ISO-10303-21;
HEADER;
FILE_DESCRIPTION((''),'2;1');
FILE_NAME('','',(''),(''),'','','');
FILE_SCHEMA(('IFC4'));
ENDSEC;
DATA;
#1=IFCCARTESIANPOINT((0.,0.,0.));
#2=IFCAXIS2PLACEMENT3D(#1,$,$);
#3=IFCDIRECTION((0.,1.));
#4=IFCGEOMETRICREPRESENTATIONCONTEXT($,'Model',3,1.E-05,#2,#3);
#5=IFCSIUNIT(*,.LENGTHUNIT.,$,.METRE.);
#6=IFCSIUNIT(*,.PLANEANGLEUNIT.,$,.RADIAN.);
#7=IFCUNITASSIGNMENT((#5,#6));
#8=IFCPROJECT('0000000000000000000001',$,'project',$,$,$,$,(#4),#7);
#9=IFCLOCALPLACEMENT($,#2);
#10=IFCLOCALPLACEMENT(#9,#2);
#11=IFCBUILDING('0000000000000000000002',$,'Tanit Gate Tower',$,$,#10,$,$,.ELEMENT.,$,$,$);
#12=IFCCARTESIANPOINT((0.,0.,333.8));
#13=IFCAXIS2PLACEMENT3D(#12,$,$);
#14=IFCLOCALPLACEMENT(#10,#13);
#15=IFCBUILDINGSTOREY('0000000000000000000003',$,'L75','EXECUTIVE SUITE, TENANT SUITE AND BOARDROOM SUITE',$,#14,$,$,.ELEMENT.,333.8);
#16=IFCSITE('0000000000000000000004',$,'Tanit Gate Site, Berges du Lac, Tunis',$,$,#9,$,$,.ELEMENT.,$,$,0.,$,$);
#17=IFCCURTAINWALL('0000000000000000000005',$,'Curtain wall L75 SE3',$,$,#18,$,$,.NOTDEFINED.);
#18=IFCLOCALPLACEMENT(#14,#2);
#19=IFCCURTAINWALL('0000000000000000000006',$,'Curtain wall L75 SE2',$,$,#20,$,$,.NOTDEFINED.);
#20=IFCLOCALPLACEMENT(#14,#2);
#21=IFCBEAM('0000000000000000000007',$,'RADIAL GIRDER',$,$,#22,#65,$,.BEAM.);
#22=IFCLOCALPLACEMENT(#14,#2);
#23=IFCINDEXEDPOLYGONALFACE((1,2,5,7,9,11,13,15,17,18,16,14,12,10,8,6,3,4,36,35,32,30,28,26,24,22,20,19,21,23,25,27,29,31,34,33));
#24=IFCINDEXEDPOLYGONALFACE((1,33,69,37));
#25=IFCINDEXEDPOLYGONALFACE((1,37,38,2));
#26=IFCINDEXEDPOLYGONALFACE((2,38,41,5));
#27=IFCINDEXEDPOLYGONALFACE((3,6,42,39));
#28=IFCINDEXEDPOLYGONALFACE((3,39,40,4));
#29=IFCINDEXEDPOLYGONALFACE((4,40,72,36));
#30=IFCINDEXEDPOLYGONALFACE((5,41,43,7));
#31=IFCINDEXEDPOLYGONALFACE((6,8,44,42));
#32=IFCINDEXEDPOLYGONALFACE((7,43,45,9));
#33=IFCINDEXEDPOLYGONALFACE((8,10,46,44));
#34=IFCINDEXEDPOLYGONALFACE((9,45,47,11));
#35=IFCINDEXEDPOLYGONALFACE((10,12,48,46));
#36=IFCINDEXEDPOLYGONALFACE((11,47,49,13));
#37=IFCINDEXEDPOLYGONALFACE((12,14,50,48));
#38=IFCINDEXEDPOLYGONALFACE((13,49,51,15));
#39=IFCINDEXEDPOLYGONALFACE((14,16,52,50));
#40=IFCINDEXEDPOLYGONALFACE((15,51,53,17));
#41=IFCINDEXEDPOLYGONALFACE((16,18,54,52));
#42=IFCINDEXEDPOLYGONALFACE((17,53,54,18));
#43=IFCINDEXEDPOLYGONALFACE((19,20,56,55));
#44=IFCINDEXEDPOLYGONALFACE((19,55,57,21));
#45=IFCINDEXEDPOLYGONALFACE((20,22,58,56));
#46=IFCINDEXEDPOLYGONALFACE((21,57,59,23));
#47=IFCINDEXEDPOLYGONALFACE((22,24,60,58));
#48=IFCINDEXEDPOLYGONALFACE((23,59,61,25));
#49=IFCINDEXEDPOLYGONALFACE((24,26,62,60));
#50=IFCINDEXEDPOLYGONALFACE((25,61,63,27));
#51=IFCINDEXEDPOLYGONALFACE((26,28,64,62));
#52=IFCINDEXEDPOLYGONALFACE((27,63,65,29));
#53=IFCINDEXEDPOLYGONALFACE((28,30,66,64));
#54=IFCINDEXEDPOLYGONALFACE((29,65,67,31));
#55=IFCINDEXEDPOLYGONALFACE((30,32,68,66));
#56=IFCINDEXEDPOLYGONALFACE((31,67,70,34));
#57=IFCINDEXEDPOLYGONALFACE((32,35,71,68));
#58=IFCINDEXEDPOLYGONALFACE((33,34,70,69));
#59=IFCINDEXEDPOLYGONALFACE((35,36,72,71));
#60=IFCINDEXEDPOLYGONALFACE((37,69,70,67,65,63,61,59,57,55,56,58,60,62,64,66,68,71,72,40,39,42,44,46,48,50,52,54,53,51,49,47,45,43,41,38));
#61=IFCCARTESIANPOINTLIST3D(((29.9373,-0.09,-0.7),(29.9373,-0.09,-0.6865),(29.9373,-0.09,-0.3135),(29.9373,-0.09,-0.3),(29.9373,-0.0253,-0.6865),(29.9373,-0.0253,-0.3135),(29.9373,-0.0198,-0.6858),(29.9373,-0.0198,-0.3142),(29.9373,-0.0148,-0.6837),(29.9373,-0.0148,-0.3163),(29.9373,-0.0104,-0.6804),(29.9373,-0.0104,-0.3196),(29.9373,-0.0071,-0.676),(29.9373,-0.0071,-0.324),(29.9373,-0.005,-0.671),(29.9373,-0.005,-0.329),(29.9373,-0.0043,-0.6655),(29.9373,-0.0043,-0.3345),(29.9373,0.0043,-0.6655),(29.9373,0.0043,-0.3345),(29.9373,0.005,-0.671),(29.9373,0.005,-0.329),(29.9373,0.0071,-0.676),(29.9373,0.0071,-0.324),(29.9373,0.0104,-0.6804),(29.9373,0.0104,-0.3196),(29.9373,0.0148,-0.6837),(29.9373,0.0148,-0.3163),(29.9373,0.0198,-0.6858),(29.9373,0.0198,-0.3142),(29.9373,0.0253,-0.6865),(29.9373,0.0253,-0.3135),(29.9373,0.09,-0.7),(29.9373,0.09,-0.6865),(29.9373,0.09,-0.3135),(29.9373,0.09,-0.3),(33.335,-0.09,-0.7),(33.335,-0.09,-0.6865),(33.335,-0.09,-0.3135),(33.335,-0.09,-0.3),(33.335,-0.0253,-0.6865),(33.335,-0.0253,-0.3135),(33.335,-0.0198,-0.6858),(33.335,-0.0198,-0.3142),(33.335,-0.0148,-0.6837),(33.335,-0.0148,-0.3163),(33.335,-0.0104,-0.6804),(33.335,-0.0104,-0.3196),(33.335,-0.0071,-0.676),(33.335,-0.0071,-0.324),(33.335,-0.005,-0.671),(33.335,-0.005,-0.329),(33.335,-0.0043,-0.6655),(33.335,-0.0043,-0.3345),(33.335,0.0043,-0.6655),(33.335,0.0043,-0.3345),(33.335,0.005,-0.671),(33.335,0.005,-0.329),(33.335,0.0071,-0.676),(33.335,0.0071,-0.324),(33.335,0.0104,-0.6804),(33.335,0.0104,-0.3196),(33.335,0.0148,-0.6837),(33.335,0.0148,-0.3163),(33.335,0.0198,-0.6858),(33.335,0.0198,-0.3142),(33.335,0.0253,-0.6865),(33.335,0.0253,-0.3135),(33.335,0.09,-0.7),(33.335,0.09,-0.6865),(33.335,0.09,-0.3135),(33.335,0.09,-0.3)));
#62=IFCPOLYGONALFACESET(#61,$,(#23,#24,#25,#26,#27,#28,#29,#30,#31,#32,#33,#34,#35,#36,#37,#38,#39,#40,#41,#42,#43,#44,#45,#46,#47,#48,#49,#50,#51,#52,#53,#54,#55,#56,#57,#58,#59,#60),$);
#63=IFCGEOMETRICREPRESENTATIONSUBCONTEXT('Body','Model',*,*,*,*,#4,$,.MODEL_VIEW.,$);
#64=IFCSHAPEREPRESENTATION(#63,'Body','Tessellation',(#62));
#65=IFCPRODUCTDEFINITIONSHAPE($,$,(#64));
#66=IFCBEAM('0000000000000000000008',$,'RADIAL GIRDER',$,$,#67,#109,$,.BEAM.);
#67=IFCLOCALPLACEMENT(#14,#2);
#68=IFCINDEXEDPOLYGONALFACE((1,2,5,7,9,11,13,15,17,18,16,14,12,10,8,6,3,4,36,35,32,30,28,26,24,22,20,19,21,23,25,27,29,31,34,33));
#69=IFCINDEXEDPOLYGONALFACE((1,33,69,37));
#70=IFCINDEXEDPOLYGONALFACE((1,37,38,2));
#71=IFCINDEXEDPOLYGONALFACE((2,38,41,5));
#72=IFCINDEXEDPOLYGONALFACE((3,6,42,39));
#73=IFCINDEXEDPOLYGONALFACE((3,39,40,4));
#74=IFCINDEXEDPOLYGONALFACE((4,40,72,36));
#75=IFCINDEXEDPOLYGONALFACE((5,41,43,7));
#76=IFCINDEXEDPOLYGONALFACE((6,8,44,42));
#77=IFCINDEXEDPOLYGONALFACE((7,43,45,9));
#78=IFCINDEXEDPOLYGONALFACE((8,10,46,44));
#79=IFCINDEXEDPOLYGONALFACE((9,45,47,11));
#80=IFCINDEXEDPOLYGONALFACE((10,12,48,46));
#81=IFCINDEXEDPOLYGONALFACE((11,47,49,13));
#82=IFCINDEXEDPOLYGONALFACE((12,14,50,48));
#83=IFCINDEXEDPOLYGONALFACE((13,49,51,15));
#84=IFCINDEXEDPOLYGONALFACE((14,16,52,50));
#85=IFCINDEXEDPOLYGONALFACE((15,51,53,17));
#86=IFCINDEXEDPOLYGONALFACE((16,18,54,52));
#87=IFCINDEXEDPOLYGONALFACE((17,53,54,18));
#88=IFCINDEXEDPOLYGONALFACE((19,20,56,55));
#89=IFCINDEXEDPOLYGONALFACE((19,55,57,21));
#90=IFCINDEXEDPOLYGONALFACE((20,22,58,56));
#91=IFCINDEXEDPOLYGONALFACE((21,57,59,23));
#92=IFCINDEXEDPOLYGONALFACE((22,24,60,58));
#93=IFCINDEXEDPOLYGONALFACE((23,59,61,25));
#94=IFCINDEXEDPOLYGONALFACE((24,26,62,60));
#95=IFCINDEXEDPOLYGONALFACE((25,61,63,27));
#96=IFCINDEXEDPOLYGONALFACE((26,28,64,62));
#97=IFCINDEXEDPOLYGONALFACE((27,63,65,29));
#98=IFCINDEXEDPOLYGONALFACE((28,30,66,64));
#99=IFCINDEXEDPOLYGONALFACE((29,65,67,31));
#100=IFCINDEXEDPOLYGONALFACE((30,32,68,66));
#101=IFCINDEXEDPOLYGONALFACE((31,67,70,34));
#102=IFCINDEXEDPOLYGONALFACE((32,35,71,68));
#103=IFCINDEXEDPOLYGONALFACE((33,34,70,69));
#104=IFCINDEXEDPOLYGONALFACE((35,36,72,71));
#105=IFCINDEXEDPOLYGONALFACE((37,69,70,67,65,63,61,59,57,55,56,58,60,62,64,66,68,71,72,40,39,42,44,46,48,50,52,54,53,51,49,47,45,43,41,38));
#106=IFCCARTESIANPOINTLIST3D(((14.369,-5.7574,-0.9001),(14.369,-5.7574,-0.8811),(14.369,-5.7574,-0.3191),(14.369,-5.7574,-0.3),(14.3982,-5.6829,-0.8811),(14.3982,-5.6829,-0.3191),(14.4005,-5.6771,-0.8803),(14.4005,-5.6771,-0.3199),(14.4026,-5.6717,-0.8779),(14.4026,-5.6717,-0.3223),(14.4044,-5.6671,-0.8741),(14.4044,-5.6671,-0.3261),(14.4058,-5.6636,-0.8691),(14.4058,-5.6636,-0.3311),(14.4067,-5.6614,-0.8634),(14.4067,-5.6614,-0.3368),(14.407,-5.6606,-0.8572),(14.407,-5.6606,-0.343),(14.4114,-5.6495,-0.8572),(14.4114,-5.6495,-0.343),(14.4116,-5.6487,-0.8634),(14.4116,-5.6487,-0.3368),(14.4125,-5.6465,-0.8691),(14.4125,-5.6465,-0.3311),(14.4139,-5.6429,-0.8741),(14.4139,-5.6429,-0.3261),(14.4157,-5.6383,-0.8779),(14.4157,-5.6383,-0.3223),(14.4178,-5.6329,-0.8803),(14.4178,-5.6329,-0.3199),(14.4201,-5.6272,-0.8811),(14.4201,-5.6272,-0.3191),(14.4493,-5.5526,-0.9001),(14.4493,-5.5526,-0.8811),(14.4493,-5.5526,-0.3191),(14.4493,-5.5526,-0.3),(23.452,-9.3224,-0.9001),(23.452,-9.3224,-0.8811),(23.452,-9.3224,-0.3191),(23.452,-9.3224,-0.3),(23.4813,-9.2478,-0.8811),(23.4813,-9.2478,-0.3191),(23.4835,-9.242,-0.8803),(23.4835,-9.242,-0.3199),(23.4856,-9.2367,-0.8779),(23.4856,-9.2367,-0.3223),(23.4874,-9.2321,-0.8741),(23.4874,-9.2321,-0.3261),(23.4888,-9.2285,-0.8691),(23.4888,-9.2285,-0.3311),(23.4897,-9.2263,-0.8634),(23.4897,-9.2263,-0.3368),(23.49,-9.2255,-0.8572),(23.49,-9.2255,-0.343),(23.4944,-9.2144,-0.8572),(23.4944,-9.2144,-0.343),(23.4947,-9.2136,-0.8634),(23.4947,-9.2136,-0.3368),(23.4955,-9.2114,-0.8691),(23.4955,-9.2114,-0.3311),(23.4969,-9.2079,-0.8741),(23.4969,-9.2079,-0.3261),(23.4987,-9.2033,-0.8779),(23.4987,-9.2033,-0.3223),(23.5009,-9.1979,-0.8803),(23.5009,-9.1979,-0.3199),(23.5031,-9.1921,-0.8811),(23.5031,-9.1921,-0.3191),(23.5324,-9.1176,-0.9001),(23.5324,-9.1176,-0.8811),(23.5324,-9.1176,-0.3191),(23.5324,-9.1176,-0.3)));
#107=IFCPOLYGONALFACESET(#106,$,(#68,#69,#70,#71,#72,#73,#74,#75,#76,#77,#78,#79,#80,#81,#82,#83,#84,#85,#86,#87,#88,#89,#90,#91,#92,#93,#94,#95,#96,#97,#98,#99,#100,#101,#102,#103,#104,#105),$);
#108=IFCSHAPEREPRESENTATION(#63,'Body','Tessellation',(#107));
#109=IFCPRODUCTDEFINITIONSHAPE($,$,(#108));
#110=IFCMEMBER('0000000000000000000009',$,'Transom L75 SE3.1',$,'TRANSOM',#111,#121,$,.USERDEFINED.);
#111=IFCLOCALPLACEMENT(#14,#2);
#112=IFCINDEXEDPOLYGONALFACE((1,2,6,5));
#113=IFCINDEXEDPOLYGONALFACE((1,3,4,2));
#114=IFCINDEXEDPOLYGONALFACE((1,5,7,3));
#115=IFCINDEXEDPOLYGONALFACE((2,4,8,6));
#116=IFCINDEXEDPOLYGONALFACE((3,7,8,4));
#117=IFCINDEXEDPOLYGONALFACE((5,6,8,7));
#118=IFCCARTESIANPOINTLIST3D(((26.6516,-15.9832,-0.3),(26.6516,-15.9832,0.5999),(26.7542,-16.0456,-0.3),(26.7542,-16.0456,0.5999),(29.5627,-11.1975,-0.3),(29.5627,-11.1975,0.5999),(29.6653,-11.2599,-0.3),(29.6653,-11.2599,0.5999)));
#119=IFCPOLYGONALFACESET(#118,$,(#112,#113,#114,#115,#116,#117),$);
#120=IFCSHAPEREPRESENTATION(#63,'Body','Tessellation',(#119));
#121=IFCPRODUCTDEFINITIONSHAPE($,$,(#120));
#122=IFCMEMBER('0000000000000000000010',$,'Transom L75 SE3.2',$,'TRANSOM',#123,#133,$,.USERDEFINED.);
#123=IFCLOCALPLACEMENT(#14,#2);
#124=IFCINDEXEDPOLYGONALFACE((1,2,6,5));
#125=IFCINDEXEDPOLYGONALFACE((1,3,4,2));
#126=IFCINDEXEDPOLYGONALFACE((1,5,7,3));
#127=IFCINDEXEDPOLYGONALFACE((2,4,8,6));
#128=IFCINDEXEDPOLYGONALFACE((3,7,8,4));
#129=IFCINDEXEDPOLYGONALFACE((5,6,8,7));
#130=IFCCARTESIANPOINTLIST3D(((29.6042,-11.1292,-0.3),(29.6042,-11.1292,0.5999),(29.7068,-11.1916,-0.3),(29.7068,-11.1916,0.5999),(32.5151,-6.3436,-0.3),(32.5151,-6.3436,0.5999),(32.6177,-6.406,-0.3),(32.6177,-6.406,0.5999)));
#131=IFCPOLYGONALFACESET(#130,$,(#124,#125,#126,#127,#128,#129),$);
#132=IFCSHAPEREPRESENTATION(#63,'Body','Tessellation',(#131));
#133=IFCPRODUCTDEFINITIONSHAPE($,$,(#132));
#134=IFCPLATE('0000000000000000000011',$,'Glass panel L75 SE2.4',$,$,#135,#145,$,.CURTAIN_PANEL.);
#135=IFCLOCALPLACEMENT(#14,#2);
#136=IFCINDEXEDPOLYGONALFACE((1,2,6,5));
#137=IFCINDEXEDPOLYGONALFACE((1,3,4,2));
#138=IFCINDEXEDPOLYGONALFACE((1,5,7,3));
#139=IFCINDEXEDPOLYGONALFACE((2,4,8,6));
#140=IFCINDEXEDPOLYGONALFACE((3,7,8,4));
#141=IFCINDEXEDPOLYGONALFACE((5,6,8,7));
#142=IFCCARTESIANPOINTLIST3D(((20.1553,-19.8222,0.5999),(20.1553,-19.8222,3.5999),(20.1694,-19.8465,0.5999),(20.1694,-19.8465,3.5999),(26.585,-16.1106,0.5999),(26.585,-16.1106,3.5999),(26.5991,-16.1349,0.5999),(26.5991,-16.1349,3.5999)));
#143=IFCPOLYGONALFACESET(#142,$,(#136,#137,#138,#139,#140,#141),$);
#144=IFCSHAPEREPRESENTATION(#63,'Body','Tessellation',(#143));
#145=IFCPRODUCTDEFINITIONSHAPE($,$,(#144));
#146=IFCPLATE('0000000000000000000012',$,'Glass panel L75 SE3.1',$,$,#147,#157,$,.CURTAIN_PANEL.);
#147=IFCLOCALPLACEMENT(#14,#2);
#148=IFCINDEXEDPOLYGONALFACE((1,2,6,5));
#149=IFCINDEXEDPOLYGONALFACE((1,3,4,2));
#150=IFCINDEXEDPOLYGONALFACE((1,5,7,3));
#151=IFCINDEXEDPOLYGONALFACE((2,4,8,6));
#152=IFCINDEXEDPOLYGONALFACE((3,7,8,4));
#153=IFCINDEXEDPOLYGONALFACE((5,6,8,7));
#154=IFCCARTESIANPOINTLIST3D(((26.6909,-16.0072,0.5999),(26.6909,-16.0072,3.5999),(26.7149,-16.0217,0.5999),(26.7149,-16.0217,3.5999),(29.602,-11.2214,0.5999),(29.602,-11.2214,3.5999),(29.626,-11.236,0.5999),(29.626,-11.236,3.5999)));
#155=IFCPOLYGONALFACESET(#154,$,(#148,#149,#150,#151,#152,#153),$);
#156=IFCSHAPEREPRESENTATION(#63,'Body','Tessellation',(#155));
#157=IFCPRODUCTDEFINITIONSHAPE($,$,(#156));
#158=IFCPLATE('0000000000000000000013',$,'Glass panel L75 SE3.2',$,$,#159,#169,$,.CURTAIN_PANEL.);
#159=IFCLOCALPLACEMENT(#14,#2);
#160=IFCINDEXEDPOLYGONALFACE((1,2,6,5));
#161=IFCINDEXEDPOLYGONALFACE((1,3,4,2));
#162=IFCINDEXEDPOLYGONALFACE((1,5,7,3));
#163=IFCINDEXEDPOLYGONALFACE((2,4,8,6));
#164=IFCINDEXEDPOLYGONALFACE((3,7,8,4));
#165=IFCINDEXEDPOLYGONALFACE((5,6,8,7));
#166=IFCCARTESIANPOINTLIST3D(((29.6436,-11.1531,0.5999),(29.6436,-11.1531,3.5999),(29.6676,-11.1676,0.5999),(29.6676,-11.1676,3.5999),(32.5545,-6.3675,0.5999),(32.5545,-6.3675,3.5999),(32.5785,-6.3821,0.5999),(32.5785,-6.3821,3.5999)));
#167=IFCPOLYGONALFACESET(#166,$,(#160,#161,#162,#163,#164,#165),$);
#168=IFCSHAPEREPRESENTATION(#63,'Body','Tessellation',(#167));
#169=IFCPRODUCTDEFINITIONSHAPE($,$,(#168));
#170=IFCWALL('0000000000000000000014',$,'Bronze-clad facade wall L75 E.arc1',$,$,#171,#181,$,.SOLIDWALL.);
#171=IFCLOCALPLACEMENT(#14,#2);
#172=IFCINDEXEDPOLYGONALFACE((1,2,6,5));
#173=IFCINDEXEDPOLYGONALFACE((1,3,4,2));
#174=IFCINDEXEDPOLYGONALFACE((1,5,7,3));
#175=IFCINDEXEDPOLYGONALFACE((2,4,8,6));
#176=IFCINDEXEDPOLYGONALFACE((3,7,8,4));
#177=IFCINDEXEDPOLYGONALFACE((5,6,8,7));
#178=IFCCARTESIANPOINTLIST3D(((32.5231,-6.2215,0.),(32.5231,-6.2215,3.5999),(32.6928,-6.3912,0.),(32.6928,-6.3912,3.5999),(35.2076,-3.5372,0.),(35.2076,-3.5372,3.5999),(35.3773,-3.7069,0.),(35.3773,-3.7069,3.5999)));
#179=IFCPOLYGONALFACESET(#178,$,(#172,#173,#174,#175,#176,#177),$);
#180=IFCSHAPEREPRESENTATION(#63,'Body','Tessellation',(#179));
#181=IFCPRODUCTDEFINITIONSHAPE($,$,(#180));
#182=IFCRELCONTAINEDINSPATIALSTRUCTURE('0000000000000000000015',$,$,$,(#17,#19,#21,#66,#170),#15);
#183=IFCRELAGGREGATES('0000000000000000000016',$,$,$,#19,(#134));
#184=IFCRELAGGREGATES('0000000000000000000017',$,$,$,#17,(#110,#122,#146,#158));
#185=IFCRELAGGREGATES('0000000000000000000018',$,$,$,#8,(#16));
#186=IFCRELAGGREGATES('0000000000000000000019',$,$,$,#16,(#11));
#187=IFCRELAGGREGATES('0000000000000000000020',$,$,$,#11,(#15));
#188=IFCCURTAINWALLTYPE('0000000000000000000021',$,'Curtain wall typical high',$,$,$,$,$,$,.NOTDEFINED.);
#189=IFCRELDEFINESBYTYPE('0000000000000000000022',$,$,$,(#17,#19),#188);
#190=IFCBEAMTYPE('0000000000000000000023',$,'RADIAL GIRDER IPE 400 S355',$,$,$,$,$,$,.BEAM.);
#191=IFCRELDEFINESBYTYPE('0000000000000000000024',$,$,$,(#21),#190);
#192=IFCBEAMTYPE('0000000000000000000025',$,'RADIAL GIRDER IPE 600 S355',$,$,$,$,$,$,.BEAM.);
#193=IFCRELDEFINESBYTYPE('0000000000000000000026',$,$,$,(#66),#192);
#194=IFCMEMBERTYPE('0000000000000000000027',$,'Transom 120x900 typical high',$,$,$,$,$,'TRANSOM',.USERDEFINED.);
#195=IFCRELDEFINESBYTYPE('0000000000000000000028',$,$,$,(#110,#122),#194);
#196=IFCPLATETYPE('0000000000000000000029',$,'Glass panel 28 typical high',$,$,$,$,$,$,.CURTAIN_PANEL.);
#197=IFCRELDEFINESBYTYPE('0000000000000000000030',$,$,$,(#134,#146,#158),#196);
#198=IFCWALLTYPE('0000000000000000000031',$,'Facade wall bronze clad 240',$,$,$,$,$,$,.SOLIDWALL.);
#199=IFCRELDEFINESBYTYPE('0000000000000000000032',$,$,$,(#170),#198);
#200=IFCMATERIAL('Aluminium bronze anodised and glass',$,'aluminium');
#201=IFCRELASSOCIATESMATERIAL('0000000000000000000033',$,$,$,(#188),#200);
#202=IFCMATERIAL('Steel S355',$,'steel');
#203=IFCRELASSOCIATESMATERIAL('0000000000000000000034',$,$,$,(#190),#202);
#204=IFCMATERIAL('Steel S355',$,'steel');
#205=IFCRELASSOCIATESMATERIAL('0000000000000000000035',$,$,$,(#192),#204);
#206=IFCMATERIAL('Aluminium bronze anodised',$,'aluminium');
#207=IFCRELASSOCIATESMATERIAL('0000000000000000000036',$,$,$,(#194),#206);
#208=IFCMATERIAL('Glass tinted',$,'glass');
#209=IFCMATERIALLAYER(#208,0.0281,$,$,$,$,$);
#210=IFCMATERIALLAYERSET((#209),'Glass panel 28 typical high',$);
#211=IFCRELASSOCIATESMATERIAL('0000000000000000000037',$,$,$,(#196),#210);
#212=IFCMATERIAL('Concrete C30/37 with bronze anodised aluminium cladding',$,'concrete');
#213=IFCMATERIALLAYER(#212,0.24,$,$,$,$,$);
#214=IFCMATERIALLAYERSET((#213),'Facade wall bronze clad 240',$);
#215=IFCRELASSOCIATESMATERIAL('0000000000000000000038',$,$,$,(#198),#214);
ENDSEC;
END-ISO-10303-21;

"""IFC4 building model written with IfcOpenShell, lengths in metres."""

from ifc_helpers import new_model, si_unit, direction, frame, frame_2d, origin, origin_2d, place, context, subcontext, project, spatial, rectangle, i_section, extrude, material, layer, layer_set, material_profile, profile_set, type_object, element, aggregate, save


model = new_model("IFC4")

# Units and contexts
model_context = context("Model", 3, precision=1e-05, world=origin(), true_north=direction((0.0, 1.0)))
body_context = subcontext(model_context, "Body", "Model", "MODEL_VIEW")
ifc_project = project(units=[si_unit("LENGTHUNIT", "METRE"), si_unit("PLANEANGLEUNIT", "RADIAN")], contexts=[model_context])

# Site, building, storey
site_placement = place(None, origin())
site = spatial("IfcSite", under=ifc_project, at=site_placement, Name="Tanit Gate Site, Berges du Lac, Tunis", CompositionType="ELEMENT", RefElevation=0.0)
building_placement = place(site_placement, origin())
building = spatial("IfcBuilding", under=site, at=building_placement, Name="Tanit Gate Tower", CompositionType="ELEMENT")
storey_placement = place(building_placement, frame((0.0, 0.0, 333.8)))
storey = spatial("IfcBuildingStorey", under=building, at=storey_placement, Name="L75", Description="EXECUTIVE SUITE, TENANT SUITE AND BOARDROOM SUITE", CompositionType="ELEMENT", Elevation=333.8)

# Curtain wall
ifc_material_1 = material(Name="Aluminium bronze anodised and glass", Category="aluminium")
curtain_wall_type = type_object("IfcCurtainWallType", Name="Curtain wall typical high", PredefinedType="NOTDEFINED", material=ifc_material_1)
curtain_wall_1_placement = place(storey_placement, origin())
curtain_wall_1 = element("IfcCurtainWall", 1, at=curtain_wall_1_placement, inside=storey, type_object=curtain_wall_type, Name="Curtain wall L75 SE3", PredefinedType="NOTDEFINED")

# Curtain wall
curtain_wall_2_placement = place(storey_placement, origin())
curtain_wall_2 = element("IfcCurtainWall", 2, at=curtain_wall_2_placement, inside=storey, type_object=curtain_wall_type, Name="Curtain wall L75 SE2", PredefinedType="NOTDEFINED")

# Beams
ifc_material_2 = material(Name="Steel S355", Category="steel")
ifc_material_profile_1 = material_profile(ifc_material_2, i_section(OverallWidth=0.1799, OverallDepth=0.3999, WebThickness=0.0085, FlangeThickness=0.0134, FilletRadius=0.021, at=origin_2d()), Name="IPE 400")
ifc_profile_set_1 = profile_set([ifc_material_profile_1], Name="Steel S355")
beam_type_1 = type_object("IfcBeamType", Name="RADIAL GIRDER IPE 400 S355", PredefinedType="BEAM", material=ifc_profile_set_1)
beam_1_placement = place(storey_placement, frame((33.335, 0.0, -0.5), z_axis=(-1.0, 0.0, 0.0), x_axis=(0.0, -1.0, 0.0)))
element("IfcBeam", 3, at=beam_1_placement, inside=storey, type_object=beam_type_1, Name="RADIAL GIRDER", PredefinedType="BEAM", context=body_context, shape_type="SweptSolid", body=[
    extrude(i_section(OverallWidth=0.1799, OverallDepth=0.3999, WebThickness=0.0085, FlangeThickness=0.0134, FilletRadius=0.021, at=origin_2d()), origin(), (0.0, 0.0, 1.0), 3.3977),
])
ifc_material_3 = material(Name="Steel S355", Category="steel")
ifc_material_profile_2 = material_profile(ifc_material_3, i_section(OverallWidth=0.22, OverallDepth=0.6001, WebThickness=0.012, FlangeThickness=0.019, FilletRadius=0.0239, at=origin_2d()), Name="IPE 600")
ifc_profile_set_2 = profile_set([ifc_material_profile_2], Name="Steel S355")
beam_type_2 = type_object("IfcBeamType", Name="RADIAL GIRDER IPE 600 S355", PredefinedType="BEAM", material=ifc_profile_set_2)
beam_2_placement = place(storey_placement, frame((23.4922, -9.22, -0.6001), z_axis=(-0.930869, 0.365352, 0.0), x_axis=(-0.365352, -0.930869, 0.0)))
element("IfcBeam", 4, at=beam_2_placement, inside=storey, type_object=beam_type_2, Name="RADIAL GIRDER", PredefinedType="BEAM", context=body_context, shape_type="SweptSolid", body=[
    extrude(i_section(OverallWidth=0.22, OverallDepth=0.6001, WebThickness=0.012, FlangeThickness=0.019, FilletRadius=0.0239, at=origin_2d()), origin(), (0.0, 0.0, 1.0), 9.7576),
])

# Members
ifc_material_4 = material(Name="Aluminium bronze anodised", Category="aluminium")
ifc_material_profile_3 = material_profile(ifc_material_4, rectangle(XDim=0.1201, YDim=0.8999, at=origin_2d()), Name="120x900 bronze transom")
ifc_profile_set_3 = profile_set([ifc_material_profile_3], Name="Aluminium bronze anodised")
member_type_1 = type_object("IfcMemberType", Name="Transom 120x900 typical high", ElementType="TRANSOM", PredefinedType="USERDEFINED", material=ifc_profile_set_3)
member_1_placement = place(storey_placement, frame((26.7029, -16.0144, 0.1499), z_axis=(0.519704, 0.854347, 0.0), x_axis=(-0.854347, 0.519704, 0.0)))
member_1 = element("IfcMember", 5, at=member_1_placement, type_object=member_type_1, Name="Transom L75 SE3.1", ObjectType="TRANSOM", PredefinedType="USERDEFINED", context=body_context, shape_type="SweptSolid", body=[
    extrude(rectangle(XDim=0.1201, YDim=0.8999, at=origin_2d()), origin(), (0.0, 0.0, 1.0), 5.6016),
])
member_2_placement = place(storey_placement, frame((29.6555, -11.1604, 0.1499), z_axis=(0.519672, 0.854366, 0.0), x_axis=(-0.854366, 0.519672, 0.0)))
member_2 = element("IfcMember", 6, at=member_2_placement, type_object=member_type_1, Name="Transom L75 SE3.2", ObjectType="TRANSOM", PredefinedType="USERDEFINED", context=body_context, shape_type="SweptSolid", body=[
    extrude(rectangle(XDim=0.1201, YDim=0.8999, at=origin_2d()), origin(), (0.0, 0.0, 1.0), 5.6013),
])

# Plates
ifc_material_5 = material(Name="Glass tinted", Category="glass")
ifc_layer_1 = layer(ifc_material_5, 0.0281)
ifc_layer_set_1 = layer_set([ifc_layer_1], Name="Glass panel 28 typical high")
plate_type = type_object("IfcPlateType", Name="Glass panel 28 typical high", PredefinedType="CURTAIN_PANEL", material=ifc_layer_set_1)
plate_1_placement = place(storey_placement, frame((23.3772, -17.9785, 0.5999), z_axis=(0.0, 0.0, 1.0), x_axis=(0.86606, 0.49994, 0.0)))
plate_1 = element("IfcPlate", 7, at=plate_1_placement, type_object=plate_type, Name="Glass panel L75 SE2.4", PredefinedType="CURTAIN_PANEL", context=body_context, shape_type="SweptSolid", body=[
    extrude(rectangle(XDim=7.4241, YDim=0.0281, at=origin_2d()), origin(), (0.0, 0.0, 1.0), 3.0),
])
aggregate(curtain_wall_2, [plate_1])
plate_2_placement = place(storey_placement, frame((28.1584, -13.6216, 0.5999), z_axis=(0.0, 0.0, 1.0), x_axis=(0.519684, 0.854359, 0.0)))
plate_2 = element("IfcPlate", 8, at=plate_2_placement, type_object=plate_type, Name="Glass panel L75 SE3.1", PredefinedType="CURTAIN_PANEL", context=body_context, shape_type="SweptSolid", body=[
    extrude(rectangle(XDim=5.6016, YDim=0.0281, at=origin_2d()), origin(), (0.0, 0.0, 1.0), 3.0),
])
plate_3_placement = place(storey_placement, frame((31.1111, -8.7676, 0.5999), z_axis=(0.0, 0.0, 1.0), x_axis=(0.519684, 0.854359, 0.0)))
plate_3 = element("IfcPlate", 9, at=plate_3_placement, type_object=plate_type, Name="Glass panel L75 SE3.2", PredefinedType="CURTAIN_PANEL", context=body_context, shape_type="SweptSolid", body=[
    extrude(rectangle(XDim=5.6013, YDim=0.0281, at=origin_2d()), origin(), (0.0, 0.0, 1.0), 3.0),
])
aggregate(curtain_wall_1, [member_1, member_2, plate_2, plate_3])

# Wall
ifc_material_6 = material(Name="Concrete C30/37 with bronze anodised aluminium cladding", Category="concrete")
ifc_layer_2 = layer(ifc_material_6, 0.24)
ifc_layer_set_2 = layer_set([ifc_layer_2], Name="Facade wall bronze clad 240")
wall_type_1 = type_object("IfcWallType", Name="Facade wall bronze clad 240", PredefinedType="SOLIDWALL", material=ifc_layer_set_2)
wall_1_placement = place(storey_placement, frame((32.6079, -6.3064, 0.0), z_axis=(0.0, 0.0, 1.0), x_axis=(0.707139, 0.707075, 0.0)))
element("IfcWall", 10, at=wall_1_placement, inside=storey, type_object=wall_type_1, Name="Bronze-clad facade wall L75 E.arc1", PredefinedType="SOLIDWALL", context=body_context, shape_type="SweptSolid", body=[
    extrude(rectangle(XDim=3.7964, YDim=0.24, at=frame_2d((1.8982, 0.0))), origin(), (0.0, 0.0, 1.0), 3.5999),
])

save(model, "model.ifc")
